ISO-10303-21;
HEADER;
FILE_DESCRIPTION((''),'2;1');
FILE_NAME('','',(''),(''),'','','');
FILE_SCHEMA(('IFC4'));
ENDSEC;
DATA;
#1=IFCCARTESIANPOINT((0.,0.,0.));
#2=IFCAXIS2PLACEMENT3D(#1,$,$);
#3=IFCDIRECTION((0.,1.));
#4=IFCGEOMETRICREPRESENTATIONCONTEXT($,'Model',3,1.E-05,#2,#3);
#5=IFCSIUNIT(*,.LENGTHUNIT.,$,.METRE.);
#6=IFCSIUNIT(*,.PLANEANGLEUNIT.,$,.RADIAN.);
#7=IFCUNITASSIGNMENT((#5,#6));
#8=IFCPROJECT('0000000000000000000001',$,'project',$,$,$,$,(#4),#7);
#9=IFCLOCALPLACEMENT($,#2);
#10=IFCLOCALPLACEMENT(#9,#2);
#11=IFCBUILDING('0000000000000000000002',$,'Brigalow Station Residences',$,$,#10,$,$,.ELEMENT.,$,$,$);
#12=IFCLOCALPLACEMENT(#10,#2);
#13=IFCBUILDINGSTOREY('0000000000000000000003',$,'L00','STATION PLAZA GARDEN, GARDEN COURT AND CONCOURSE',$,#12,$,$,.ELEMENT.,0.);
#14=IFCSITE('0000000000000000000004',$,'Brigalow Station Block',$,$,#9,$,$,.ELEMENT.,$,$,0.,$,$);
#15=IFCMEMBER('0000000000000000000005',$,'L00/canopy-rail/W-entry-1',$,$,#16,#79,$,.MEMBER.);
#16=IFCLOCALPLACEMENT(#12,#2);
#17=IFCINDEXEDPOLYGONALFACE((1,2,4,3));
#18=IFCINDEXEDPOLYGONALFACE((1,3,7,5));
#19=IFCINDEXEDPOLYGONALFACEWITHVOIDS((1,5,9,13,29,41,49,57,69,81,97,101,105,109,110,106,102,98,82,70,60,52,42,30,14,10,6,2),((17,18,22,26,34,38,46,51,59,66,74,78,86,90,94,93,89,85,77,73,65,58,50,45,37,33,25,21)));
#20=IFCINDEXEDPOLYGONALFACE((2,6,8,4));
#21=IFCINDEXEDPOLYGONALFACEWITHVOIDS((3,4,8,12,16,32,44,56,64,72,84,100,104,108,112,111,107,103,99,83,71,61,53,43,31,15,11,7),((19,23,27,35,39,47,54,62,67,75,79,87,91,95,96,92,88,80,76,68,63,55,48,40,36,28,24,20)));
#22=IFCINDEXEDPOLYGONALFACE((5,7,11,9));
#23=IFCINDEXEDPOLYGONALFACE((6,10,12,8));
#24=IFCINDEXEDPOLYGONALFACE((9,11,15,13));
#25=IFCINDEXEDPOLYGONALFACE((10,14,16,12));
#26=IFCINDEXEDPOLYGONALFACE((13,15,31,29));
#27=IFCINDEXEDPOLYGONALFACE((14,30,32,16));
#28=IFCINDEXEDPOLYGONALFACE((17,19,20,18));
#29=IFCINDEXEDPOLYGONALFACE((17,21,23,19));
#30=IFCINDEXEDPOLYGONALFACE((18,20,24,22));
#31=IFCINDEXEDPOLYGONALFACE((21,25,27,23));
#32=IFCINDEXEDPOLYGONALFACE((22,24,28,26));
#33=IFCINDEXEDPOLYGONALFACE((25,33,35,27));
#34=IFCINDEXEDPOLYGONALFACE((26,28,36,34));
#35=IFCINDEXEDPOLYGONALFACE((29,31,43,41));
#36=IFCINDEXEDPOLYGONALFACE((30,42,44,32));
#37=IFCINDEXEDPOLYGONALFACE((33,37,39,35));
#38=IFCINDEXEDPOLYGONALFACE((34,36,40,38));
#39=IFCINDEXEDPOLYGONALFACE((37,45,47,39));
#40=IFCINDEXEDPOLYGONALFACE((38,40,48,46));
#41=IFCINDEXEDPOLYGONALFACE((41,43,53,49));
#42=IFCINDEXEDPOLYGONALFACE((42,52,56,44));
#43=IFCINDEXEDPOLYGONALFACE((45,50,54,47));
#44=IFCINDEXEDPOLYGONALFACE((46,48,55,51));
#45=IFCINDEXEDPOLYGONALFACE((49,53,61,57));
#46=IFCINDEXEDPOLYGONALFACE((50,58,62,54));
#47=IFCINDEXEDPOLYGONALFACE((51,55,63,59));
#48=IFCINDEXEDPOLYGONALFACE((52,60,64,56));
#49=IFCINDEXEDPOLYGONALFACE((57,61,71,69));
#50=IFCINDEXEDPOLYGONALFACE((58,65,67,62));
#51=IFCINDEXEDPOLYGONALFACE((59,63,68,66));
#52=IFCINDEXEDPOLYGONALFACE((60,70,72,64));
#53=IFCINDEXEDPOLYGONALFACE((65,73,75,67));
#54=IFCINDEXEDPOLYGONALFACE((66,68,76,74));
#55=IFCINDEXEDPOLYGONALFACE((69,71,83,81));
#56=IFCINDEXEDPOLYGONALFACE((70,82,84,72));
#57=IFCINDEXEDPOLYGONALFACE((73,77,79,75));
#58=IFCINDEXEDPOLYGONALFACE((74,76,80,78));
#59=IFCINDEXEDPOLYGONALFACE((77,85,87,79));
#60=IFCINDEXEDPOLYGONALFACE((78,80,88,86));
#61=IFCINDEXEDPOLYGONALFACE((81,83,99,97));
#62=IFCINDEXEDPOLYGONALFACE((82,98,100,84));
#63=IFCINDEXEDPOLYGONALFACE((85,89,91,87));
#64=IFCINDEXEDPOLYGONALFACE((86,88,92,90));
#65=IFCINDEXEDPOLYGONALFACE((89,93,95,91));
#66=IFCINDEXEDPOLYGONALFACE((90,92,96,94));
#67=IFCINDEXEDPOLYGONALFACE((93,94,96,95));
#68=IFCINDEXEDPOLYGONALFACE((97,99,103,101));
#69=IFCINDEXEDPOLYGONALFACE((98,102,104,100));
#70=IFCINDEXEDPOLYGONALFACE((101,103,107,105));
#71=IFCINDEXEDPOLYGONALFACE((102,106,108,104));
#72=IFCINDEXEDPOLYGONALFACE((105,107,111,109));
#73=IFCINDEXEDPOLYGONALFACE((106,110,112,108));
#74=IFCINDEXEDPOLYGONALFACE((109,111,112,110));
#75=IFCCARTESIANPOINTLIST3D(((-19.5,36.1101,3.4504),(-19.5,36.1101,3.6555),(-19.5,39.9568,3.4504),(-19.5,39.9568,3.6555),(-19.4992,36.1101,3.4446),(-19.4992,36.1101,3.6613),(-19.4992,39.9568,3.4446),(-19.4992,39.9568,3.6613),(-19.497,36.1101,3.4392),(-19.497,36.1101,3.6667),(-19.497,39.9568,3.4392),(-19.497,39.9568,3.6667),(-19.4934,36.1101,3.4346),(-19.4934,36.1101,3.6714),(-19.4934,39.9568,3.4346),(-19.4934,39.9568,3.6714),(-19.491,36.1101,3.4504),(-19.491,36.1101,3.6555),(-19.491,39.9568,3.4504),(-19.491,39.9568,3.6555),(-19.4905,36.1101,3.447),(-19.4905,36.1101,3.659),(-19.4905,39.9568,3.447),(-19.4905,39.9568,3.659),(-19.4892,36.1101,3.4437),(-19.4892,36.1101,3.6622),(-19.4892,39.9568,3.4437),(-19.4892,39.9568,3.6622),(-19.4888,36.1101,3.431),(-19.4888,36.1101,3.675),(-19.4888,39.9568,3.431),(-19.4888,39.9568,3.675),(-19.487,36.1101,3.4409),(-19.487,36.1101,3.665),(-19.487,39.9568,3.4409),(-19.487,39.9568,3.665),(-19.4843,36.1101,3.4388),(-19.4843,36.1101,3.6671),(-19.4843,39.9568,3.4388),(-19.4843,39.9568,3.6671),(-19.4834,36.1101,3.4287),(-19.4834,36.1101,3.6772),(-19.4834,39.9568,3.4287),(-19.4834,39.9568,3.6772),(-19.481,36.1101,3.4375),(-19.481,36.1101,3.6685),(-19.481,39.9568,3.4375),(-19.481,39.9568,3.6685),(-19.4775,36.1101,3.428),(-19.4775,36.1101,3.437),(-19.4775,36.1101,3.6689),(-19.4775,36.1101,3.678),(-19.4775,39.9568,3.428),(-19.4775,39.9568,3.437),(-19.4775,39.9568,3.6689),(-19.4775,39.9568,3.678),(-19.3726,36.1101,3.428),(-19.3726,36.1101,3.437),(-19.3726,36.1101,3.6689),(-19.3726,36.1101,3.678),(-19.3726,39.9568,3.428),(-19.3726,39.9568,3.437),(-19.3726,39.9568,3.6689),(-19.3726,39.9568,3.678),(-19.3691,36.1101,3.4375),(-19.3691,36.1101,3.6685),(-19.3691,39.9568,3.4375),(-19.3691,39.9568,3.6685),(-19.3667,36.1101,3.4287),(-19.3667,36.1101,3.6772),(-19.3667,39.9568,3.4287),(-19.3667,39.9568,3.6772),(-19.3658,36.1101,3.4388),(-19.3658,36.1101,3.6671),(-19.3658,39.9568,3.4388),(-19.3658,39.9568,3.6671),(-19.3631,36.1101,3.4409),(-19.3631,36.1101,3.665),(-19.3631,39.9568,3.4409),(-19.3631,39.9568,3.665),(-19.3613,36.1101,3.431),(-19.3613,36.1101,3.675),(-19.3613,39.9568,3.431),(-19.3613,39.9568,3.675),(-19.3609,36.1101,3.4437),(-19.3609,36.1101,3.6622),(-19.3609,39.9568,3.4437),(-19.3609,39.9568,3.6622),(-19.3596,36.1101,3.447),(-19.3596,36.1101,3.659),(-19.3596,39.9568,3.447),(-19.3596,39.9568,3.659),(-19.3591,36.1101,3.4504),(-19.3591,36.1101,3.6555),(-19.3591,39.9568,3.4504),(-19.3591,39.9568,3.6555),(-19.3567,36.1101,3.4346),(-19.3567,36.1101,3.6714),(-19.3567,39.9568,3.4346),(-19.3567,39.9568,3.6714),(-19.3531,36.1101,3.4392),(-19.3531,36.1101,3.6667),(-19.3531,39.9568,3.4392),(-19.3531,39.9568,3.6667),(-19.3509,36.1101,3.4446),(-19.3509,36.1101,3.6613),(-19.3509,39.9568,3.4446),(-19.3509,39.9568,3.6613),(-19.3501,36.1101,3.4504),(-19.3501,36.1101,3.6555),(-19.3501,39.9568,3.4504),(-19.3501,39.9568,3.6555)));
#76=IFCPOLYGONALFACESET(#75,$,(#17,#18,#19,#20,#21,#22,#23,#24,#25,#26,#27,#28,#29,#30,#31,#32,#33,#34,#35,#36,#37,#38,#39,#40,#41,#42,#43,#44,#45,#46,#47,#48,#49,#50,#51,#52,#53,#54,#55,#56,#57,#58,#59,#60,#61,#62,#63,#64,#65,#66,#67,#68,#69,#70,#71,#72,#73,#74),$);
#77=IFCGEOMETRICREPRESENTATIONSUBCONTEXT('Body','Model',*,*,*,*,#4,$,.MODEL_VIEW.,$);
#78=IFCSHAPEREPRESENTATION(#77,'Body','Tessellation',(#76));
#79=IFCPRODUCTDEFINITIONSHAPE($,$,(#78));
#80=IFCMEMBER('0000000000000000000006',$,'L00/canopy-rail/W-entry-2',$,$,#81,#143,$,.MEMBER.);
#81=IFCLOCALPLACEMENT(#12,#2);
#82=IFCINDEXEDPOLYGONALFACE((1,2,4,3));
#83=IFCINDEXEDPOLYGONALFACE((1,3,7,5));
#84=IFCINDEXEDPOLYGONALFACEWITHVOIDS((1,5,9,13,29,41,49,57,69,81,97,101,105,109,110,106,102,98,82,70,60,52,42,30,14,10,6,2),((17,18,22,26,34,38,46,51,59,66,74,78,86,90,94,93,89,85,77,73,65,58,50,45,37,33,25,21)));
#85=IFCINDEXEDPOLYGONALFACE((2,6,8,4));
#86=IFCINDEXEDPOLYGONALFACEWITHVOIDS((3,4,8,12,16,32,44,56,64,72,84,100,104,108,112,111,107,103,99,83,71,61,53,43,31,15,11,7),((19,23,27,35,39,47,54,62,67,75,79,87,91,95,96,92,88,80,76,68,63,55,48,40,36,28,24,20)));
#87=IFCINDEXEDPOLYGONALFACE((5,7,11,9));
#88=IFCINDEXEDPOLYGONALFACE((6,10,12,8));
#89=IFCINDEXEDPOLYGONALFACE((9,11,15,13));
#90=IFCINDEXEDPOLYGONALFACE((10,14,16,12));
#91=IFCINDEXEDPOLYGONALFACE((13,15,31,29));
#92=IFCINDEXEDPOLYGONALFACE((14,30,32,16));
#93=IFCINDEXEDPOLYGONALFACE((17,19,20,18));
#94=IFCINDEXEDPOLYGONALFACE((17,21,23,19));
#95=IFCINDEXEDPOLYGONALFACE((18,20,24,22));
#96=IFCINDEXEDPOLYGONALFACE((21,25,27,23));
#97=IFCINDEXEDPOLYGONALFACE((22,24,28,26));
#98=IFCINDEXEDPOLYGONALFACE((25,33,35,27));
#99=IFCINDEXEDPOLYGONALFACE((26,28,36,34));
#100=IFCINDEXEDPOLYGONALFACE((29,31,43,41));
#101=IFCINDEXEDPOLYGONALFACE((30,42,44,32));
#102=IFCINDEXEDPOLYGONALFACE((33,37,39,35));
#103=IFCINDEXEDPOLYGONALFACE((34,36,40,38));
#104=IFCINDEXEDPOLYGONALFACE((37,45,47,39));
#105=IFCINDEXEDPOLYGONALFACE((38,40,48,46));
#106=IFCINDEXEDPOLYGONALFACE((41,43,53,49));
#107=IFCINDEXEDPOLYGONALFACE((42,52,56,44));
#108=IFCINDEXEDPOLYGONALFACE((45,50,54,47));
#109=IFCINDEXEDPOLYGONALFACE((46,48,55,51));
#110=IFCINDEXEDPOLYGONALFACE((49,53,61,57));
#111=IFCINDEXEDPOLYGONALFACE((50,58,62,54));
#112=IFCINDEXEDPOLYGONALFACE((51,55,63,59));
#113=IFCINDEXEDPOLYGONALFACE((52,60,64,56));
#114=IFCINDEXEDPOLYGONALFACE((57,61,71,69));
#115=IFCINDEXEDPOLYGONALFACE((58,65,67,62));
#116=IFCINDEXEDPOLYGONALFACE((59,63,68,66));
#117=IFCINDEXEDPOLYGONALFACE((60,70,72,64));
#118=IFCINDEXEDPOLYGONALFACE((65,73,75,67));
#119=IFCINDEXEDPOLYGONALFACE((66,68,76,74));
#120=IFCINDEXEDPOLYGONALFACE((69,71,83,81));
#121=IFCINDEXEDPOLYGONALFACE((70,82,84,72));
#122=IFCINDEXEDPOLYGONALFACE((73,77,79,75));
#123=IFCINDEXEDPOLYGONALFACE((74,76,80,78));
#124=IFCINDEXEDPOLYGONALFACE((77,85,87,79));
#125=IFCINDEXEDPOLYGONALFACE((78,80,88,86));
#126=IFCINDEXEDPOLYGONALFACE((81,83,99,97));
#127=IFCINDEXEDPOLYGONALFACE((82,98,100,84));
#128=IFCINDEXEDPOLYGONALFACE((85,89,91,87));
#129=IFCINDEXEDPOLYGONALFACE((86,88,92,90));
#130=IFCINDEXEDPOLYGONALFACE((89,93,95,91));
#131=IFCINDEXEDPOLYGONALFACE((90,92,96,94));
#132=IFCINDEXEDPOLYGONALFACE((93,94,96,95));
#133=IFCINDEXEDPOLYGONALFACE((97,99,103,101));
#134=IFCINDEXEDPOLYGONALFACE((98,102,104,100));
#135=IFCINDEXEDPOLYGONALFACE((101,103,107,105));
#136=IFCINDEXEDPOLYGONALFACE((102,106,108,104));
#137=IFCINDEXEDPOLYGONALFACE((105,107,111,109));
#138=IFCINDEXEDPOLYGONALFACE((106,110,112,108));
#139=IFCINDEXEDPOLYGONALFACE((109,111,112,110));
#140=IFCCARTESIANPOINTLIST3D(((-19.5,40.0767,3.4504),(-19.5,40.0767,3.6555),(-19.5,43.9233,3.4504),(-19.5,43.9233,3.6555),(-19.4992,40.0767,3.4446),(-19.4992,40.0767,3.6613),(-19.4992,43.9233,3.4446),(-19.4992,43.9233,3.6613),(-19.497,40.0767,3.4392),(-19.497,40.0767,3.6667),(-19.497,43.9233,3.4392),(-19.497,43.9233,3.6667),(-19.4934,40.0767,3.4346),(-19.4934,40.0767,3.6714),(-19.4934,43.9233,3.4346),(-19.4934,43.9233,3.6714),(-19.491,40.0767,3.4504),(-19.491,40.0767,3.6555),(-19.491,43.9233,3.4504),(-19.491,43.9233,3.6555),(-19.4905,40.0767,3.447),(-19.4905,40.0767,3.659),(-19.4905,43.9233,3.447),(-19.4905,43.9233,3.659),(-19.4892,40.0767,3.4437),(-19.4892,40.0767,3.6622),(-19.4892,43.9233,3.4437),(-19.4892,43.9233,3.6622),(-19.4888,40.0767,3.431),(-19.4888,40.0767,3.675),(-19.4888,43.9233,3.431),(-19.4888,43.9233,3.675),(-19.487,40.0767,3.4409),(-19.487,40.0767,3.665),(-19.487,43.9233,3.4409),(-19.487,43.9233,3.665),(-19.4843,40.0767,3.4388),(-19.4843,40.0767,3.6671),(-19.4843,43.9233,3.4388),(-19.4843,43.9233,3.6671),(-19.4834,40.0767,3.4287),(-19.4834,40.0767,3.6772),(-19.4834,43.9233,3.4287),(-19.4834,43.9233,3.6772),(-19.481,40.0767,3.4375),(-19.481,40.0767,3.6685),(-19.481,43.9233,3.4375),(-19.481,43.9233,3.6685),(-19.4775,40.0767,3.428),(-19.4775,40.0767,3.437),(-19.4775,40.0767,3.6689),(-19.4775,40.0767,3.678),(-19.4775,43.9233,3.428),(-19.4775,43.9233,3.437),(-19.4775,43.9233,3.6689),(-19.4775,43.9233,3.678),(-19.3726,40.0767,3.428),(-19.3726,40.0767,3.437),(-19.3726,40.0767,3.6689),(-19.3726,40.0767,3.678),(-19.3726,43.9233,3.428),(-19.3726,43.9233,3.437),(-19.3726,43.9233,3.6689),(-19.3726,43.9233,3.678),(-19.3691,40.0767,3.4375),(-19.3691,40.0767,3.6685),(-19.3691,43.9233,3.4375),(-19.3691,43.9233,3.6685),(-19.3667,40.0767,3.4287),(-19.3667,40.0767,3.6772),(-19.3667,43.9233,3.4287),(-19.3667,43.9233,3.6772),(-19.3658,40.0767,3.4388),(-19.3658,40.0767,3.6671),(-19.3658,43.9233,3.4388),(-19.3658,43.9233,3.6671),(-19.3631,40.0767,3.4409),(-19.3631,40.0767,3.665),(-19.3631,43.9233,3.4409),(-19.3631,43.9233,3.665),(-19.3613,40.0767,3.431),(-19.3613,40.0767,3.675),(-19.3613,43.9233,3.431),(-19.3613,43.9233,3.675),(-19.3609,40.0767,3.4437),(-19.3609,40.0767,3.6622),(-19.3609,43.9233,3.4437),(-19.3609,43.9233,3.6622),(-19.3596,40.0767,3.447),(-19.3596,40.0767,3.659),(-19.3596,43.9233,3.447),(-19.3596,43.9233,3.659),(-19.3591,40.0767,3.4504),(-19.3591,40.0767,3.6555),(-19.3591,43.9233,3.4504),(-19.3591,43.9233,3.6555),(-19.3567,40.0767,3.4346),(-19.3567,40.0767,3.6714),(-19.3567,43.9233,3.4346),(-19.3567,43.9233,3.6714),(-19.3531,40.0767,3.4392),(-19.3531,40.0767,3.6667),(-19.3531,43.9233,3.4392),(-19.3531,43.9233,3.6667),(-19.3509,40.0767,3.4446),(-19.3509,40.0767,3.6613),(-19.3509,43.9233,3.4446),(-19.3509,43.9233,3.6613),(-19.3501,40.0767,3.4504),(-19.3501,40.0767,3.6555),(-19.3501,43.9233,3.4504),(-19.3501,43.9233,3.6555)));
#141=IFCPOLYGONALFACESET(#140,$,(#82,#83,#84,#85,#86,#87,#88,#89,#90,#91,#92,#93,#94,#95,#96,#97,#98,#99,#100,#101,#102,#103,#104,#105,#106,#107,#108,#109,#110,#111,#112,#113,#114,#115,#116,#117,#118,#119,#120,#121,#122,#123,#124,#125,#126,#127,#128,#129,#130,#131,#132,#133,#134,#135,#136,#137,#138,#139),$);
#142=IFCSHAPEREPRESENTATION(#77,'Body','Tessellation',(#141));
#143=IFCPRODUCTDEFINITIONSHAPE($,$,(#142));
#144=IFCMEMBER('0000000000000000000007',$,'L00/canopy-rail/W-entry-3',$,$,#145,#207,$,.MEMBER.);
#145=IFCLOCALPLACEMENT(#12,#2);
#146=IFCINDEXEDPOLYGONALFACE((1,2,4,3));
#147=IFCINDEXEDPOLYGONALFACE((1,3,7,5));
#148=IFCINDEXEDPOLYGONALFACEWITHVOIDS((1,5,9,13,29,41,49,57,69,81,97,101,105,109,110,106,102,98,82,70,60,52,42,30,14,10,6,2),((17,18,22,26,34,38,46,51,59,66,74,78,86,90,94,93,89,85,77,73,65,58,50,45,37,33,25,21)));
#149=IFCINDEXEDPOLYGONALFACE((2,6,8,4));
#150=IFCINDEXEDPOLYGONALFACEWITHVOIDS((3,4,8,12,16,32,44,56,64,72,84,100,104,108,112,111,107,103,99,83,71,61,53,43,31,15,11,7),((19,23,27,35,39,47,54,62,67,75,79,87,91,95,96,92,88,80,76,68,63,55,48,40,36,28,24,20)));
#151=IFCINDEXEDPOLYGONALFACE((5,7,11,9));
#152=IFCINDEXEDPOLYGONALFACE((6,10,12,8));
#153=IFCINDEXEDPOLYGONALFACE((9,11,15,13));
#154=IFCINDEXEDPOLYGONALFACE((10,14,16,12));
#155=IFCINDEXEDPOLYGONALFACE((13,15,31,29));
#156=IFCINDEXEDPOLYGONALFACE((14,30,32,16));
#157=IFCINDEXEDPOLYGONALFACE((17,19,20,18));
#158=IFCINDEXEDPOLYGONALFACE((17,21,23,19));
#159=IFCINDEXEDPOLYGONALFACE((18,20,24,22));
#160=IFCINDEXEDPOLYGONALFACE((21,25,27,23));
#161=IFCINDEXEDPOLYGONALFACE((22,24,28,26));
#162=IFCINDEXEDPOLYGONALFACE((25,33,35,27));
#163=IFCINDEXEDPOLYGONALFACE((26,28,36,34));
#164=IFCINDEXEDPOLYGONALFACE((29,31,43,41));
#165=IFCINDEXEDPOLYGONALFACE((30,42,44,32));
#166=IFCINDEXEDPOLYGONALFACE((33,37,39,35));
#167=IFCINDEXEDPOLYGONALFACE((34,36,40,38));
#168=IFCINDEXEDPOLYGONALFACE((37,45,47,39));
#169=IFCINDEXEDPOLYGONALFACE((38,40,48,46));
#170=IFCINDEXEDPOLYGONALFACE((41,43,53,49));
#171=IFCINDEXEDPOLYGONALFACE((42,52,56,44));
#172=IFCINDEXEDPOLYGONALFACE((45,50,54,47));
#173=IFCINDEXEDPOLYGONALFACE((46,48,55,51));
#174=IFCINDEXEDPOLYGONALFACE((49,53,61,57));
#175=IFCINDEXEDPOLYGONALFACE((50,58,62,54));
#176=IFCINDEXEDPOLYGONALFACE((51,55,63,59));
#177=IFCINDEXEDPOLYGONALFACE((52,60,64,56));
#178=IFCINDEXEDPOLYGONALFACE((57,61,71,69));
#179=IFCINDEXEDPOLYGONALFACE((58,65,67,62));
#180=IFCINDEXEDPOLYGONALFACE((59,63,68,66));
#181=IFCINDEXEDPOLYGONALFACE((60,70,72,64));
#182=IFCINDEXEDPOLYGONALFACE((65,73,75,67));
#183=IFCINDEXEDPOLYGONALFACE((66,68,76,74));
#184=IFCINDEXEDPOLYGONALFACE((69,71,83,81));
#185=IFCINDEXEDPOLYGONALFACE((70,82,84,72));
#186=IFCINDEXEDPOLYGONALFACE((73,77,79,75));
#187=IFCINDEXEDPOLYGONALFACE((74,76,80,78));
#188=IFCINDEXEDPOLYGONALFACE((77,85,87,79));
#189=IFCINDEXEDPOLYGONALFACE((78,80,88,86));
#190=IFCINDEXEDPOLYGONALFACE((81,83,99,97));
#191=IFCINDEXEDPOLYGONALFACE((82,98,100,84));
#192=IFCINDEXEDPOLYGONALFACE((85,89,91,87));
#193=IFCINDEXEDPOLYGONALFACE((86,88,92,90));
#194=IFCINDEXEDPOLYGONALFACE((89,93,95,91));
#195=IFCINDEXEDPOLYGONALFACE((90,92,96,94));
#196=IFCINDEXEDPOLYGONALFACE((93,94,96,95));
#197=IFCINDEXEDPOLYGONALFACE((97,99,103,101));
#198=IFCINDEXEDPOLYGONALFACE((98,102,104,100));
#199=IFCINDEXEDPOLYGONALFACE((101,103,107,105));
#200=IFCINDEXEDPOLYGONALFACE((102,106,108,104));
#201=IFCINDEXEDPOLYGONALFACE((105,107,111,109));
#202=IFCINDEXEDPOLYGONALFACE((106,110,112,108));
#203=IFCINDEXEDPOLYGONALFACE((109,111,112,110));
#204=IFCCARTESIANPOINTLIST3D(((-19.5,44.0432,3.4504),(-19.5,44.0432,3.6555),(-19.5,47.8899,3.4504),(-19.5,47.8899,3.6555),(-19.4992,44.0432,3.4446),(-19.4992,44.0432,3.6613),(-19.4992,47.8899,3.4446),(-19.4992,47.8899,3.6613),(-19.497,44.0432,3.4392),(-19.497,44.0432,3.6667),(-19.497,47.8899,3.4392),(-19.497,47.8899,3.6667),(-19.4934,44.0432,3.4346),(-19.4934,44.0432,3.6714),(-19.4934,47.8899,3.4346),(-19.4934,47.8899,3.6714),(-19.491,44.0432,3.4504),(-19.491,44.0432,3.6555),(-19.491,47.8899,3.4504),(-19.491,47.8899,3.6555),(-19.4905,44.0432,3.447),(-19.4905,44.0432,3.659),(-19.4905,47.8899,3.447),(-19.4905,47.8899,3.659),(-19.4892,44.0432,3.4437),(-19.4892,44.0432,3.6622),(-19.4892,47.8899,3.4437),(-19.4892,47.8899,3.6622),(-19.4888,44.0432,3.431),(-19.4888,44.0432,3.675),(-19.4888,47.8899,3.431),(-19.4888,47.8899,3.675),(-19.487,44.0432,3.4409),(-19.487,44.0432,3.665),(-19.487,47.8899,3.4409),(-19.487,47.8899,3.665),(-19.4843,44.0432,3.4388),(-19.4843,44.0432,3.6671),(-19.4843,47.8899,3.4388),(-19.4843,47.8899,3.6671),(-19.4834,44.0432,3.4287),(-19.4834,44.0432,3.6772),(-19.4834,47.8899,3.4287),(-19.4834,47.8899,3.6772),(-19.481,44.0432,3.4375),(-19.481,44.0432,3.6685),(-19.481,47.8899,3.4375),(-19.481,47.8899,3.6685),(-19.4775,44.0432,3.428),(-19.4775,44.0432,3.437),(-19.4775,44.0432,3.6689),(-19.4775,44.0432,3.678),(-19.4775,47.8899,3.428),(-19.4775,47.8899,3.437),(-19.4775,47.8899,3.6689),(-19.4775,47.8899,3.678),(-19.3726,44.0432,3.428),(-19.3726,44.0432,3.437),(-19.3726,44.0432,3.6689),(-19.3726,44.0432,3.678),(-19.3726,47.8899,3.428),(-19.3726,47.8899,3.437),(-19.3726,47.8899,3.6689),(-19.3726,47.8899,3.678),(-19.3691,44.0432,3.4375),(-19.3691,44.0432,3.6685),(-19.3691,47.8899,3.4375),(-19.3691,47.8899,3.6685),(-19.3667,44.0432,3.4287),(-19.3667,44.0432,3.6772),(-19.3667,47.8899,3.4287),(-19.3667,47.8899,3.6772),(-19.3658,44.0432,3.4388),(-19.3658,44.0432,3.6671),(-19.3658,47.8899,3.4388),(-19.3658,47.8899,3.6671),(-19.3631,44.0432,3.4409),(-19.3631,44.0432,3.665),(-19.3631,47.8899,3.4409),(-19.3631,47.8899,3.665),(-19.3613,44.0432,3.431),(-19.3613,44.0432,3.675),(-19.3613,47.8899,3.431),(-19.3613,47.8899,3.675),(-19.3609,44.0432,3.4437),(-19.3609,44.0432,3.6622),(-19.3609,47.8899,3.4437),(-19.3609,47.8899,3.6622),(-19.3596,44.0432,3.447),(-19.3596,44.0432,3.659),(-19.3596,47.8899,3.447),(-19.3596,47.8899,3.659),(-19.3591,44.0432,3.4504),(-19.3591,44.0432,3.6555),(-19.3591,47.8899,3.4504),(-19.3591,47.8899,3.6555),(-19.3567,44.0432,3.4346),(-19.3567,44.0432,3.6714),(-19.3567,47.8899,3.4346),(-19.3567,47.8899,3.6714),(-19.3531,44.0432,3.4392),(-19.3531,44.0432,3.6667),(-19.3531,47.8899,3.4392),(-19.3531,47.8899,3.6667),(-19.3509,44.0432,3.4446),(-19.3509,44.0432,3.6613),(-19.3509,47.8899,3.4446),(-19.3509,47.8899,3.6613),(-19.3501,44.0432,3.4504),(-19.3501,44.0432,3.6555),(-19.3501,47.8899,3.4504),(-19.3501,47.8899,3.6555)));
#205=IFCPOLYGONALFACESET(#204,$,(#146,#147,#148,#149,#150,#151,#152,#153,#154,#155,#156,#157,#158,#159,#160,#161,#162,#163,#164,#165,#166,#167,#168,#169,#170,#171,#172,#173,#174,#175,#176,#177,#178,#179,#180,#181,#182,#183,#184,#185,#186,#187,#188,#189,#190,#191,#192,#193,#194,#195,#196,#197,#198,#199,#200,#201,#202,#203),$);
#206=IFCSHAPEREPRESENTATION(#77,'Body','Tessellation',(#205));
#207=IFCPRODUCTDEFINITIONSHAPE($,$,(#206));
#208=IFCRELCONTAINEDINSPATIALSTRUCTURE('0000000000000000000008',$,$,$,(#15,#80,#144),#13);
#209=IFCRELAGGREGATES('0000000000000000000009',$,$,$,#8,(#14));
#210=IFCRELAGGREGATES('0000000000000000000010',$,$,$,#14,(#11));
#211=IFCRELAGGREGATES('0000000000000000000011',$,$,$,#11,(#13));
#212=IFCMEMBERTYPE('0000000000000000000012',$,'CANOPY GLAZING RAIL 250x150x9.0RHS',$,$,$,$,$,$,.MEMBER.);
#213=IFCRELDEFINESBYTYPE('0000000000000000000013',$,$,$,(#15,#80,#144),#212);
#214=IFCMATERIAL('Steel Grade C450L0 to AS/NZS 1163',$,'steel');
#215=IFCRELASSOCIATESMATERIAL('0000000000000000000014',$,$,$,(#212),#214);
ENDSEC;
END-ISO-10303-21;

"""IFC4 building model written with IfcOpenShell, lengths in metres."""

from ifc_helpers import new_model, si_unit, direction, frame, origin, origin_2d, place, context, subcontext, project, spatial, hollow_rectangle, extrude, material, material_profile, profile_set, type_object, element, save


model = new_model("IFC4")

# Units and contexts
model_context = context("Model", 3, precision=1e-05, world=origin(), true_north=direction((0.0, 1.0)))
body_context = subcontext(model_context, "Body", "Model", "MODEL_VIEW")
ifc_project = project(units=[si_unit("LENGTHUNIT", "METRE"), si_unit("PLANEANGLEUNIT", "RADIAN")], contexts=[model_context])

# Site, building, storey
site_placement = place(None, origin())
site = spatial("IfcSite", under=ifc_project, at=site_placement, Name="Brigalow Station Block", CompositionType="ELEMENT", RefElevation=0.0)
building_placement = place(site_placement, origin())
building = spatial("IfcBuilding", under=site, at=building_placement, Name="Brigalow Station Residences", CompositionType="ELEMENT")
storey_placement = place(building_placement, origin())
storey = spatial("IfcBuildingStorey", under=building, at=storey_placement, Name="L00", Description="STATION PLAZA GARDEN, GARDEN COURT AND CONCOURSE", CompositionType="ELEMENT", Elevation=0.0)

# Members
ifc_material_1 = material(Name="Steel Grade C450L0 to AS/NZS 1163", Category="steel")
ifc_material_profile_1 = material_profile(ifc_material_1, hollow_rectangle(XDim=0.1499, YDim=0.25, WallThickness=0.009, InnerFilletRadius=0.0134, OuterFilletRadius=0.0225, at=origin_2d()), Name="250x150x9.0RHS")
ifc_profile_set_1 = profile_set([ifc_material_profile_1], Name="Steel Grade C450L0 to AS/NZS 1163")
member_type = type_object("IfcMemberType", Name="CANOPY GLAZING RAIL 250x150x9.0RHS", PredefinedType="MEMBER", material=ifc_profile_set_1)
for number, where, z_axis, x_axis, name in (
    (1, (-19.425, 36.1101, 3.553), (0.0, 1.0, 0.0), (-1.0, 0.0, 0.0), "L00/canopy-rail/W-entry-1"),
    (2, (-19.425, 40.0767, 3.553), (0.0, 1.0, 0.0), (-1.0, 0.0, 0.0), "L00/canopy-rail/W-entry-2"),
    (3, (-19.425, 44.0432, 3.553), (0.0, 1.0, 0.0), (-1.0, 0.0, 0.0), "L00/canopy-rail/W-entry-3"),
):
    element("IfcMember", number, at=place(storey_placement, frame(where, z_axis=z_axis, x_axis=x_axis)), inside=storey, type_object=member_type, Name=name, PredefinedType="MEMBER", context=body_context, shape_type="SweptSolid", body=[
        extrude(hollow_rectangle(XDim=0.1499, YDim=0.25, WallThickness=0.009, InnerFilletRadius=0.0134, OuterFilletRadius=0.0225, at=origin_2d()), origin(), (0.0, 0.0, 1.0), 3.8467),
    ])

save(model, "model.ifc")
